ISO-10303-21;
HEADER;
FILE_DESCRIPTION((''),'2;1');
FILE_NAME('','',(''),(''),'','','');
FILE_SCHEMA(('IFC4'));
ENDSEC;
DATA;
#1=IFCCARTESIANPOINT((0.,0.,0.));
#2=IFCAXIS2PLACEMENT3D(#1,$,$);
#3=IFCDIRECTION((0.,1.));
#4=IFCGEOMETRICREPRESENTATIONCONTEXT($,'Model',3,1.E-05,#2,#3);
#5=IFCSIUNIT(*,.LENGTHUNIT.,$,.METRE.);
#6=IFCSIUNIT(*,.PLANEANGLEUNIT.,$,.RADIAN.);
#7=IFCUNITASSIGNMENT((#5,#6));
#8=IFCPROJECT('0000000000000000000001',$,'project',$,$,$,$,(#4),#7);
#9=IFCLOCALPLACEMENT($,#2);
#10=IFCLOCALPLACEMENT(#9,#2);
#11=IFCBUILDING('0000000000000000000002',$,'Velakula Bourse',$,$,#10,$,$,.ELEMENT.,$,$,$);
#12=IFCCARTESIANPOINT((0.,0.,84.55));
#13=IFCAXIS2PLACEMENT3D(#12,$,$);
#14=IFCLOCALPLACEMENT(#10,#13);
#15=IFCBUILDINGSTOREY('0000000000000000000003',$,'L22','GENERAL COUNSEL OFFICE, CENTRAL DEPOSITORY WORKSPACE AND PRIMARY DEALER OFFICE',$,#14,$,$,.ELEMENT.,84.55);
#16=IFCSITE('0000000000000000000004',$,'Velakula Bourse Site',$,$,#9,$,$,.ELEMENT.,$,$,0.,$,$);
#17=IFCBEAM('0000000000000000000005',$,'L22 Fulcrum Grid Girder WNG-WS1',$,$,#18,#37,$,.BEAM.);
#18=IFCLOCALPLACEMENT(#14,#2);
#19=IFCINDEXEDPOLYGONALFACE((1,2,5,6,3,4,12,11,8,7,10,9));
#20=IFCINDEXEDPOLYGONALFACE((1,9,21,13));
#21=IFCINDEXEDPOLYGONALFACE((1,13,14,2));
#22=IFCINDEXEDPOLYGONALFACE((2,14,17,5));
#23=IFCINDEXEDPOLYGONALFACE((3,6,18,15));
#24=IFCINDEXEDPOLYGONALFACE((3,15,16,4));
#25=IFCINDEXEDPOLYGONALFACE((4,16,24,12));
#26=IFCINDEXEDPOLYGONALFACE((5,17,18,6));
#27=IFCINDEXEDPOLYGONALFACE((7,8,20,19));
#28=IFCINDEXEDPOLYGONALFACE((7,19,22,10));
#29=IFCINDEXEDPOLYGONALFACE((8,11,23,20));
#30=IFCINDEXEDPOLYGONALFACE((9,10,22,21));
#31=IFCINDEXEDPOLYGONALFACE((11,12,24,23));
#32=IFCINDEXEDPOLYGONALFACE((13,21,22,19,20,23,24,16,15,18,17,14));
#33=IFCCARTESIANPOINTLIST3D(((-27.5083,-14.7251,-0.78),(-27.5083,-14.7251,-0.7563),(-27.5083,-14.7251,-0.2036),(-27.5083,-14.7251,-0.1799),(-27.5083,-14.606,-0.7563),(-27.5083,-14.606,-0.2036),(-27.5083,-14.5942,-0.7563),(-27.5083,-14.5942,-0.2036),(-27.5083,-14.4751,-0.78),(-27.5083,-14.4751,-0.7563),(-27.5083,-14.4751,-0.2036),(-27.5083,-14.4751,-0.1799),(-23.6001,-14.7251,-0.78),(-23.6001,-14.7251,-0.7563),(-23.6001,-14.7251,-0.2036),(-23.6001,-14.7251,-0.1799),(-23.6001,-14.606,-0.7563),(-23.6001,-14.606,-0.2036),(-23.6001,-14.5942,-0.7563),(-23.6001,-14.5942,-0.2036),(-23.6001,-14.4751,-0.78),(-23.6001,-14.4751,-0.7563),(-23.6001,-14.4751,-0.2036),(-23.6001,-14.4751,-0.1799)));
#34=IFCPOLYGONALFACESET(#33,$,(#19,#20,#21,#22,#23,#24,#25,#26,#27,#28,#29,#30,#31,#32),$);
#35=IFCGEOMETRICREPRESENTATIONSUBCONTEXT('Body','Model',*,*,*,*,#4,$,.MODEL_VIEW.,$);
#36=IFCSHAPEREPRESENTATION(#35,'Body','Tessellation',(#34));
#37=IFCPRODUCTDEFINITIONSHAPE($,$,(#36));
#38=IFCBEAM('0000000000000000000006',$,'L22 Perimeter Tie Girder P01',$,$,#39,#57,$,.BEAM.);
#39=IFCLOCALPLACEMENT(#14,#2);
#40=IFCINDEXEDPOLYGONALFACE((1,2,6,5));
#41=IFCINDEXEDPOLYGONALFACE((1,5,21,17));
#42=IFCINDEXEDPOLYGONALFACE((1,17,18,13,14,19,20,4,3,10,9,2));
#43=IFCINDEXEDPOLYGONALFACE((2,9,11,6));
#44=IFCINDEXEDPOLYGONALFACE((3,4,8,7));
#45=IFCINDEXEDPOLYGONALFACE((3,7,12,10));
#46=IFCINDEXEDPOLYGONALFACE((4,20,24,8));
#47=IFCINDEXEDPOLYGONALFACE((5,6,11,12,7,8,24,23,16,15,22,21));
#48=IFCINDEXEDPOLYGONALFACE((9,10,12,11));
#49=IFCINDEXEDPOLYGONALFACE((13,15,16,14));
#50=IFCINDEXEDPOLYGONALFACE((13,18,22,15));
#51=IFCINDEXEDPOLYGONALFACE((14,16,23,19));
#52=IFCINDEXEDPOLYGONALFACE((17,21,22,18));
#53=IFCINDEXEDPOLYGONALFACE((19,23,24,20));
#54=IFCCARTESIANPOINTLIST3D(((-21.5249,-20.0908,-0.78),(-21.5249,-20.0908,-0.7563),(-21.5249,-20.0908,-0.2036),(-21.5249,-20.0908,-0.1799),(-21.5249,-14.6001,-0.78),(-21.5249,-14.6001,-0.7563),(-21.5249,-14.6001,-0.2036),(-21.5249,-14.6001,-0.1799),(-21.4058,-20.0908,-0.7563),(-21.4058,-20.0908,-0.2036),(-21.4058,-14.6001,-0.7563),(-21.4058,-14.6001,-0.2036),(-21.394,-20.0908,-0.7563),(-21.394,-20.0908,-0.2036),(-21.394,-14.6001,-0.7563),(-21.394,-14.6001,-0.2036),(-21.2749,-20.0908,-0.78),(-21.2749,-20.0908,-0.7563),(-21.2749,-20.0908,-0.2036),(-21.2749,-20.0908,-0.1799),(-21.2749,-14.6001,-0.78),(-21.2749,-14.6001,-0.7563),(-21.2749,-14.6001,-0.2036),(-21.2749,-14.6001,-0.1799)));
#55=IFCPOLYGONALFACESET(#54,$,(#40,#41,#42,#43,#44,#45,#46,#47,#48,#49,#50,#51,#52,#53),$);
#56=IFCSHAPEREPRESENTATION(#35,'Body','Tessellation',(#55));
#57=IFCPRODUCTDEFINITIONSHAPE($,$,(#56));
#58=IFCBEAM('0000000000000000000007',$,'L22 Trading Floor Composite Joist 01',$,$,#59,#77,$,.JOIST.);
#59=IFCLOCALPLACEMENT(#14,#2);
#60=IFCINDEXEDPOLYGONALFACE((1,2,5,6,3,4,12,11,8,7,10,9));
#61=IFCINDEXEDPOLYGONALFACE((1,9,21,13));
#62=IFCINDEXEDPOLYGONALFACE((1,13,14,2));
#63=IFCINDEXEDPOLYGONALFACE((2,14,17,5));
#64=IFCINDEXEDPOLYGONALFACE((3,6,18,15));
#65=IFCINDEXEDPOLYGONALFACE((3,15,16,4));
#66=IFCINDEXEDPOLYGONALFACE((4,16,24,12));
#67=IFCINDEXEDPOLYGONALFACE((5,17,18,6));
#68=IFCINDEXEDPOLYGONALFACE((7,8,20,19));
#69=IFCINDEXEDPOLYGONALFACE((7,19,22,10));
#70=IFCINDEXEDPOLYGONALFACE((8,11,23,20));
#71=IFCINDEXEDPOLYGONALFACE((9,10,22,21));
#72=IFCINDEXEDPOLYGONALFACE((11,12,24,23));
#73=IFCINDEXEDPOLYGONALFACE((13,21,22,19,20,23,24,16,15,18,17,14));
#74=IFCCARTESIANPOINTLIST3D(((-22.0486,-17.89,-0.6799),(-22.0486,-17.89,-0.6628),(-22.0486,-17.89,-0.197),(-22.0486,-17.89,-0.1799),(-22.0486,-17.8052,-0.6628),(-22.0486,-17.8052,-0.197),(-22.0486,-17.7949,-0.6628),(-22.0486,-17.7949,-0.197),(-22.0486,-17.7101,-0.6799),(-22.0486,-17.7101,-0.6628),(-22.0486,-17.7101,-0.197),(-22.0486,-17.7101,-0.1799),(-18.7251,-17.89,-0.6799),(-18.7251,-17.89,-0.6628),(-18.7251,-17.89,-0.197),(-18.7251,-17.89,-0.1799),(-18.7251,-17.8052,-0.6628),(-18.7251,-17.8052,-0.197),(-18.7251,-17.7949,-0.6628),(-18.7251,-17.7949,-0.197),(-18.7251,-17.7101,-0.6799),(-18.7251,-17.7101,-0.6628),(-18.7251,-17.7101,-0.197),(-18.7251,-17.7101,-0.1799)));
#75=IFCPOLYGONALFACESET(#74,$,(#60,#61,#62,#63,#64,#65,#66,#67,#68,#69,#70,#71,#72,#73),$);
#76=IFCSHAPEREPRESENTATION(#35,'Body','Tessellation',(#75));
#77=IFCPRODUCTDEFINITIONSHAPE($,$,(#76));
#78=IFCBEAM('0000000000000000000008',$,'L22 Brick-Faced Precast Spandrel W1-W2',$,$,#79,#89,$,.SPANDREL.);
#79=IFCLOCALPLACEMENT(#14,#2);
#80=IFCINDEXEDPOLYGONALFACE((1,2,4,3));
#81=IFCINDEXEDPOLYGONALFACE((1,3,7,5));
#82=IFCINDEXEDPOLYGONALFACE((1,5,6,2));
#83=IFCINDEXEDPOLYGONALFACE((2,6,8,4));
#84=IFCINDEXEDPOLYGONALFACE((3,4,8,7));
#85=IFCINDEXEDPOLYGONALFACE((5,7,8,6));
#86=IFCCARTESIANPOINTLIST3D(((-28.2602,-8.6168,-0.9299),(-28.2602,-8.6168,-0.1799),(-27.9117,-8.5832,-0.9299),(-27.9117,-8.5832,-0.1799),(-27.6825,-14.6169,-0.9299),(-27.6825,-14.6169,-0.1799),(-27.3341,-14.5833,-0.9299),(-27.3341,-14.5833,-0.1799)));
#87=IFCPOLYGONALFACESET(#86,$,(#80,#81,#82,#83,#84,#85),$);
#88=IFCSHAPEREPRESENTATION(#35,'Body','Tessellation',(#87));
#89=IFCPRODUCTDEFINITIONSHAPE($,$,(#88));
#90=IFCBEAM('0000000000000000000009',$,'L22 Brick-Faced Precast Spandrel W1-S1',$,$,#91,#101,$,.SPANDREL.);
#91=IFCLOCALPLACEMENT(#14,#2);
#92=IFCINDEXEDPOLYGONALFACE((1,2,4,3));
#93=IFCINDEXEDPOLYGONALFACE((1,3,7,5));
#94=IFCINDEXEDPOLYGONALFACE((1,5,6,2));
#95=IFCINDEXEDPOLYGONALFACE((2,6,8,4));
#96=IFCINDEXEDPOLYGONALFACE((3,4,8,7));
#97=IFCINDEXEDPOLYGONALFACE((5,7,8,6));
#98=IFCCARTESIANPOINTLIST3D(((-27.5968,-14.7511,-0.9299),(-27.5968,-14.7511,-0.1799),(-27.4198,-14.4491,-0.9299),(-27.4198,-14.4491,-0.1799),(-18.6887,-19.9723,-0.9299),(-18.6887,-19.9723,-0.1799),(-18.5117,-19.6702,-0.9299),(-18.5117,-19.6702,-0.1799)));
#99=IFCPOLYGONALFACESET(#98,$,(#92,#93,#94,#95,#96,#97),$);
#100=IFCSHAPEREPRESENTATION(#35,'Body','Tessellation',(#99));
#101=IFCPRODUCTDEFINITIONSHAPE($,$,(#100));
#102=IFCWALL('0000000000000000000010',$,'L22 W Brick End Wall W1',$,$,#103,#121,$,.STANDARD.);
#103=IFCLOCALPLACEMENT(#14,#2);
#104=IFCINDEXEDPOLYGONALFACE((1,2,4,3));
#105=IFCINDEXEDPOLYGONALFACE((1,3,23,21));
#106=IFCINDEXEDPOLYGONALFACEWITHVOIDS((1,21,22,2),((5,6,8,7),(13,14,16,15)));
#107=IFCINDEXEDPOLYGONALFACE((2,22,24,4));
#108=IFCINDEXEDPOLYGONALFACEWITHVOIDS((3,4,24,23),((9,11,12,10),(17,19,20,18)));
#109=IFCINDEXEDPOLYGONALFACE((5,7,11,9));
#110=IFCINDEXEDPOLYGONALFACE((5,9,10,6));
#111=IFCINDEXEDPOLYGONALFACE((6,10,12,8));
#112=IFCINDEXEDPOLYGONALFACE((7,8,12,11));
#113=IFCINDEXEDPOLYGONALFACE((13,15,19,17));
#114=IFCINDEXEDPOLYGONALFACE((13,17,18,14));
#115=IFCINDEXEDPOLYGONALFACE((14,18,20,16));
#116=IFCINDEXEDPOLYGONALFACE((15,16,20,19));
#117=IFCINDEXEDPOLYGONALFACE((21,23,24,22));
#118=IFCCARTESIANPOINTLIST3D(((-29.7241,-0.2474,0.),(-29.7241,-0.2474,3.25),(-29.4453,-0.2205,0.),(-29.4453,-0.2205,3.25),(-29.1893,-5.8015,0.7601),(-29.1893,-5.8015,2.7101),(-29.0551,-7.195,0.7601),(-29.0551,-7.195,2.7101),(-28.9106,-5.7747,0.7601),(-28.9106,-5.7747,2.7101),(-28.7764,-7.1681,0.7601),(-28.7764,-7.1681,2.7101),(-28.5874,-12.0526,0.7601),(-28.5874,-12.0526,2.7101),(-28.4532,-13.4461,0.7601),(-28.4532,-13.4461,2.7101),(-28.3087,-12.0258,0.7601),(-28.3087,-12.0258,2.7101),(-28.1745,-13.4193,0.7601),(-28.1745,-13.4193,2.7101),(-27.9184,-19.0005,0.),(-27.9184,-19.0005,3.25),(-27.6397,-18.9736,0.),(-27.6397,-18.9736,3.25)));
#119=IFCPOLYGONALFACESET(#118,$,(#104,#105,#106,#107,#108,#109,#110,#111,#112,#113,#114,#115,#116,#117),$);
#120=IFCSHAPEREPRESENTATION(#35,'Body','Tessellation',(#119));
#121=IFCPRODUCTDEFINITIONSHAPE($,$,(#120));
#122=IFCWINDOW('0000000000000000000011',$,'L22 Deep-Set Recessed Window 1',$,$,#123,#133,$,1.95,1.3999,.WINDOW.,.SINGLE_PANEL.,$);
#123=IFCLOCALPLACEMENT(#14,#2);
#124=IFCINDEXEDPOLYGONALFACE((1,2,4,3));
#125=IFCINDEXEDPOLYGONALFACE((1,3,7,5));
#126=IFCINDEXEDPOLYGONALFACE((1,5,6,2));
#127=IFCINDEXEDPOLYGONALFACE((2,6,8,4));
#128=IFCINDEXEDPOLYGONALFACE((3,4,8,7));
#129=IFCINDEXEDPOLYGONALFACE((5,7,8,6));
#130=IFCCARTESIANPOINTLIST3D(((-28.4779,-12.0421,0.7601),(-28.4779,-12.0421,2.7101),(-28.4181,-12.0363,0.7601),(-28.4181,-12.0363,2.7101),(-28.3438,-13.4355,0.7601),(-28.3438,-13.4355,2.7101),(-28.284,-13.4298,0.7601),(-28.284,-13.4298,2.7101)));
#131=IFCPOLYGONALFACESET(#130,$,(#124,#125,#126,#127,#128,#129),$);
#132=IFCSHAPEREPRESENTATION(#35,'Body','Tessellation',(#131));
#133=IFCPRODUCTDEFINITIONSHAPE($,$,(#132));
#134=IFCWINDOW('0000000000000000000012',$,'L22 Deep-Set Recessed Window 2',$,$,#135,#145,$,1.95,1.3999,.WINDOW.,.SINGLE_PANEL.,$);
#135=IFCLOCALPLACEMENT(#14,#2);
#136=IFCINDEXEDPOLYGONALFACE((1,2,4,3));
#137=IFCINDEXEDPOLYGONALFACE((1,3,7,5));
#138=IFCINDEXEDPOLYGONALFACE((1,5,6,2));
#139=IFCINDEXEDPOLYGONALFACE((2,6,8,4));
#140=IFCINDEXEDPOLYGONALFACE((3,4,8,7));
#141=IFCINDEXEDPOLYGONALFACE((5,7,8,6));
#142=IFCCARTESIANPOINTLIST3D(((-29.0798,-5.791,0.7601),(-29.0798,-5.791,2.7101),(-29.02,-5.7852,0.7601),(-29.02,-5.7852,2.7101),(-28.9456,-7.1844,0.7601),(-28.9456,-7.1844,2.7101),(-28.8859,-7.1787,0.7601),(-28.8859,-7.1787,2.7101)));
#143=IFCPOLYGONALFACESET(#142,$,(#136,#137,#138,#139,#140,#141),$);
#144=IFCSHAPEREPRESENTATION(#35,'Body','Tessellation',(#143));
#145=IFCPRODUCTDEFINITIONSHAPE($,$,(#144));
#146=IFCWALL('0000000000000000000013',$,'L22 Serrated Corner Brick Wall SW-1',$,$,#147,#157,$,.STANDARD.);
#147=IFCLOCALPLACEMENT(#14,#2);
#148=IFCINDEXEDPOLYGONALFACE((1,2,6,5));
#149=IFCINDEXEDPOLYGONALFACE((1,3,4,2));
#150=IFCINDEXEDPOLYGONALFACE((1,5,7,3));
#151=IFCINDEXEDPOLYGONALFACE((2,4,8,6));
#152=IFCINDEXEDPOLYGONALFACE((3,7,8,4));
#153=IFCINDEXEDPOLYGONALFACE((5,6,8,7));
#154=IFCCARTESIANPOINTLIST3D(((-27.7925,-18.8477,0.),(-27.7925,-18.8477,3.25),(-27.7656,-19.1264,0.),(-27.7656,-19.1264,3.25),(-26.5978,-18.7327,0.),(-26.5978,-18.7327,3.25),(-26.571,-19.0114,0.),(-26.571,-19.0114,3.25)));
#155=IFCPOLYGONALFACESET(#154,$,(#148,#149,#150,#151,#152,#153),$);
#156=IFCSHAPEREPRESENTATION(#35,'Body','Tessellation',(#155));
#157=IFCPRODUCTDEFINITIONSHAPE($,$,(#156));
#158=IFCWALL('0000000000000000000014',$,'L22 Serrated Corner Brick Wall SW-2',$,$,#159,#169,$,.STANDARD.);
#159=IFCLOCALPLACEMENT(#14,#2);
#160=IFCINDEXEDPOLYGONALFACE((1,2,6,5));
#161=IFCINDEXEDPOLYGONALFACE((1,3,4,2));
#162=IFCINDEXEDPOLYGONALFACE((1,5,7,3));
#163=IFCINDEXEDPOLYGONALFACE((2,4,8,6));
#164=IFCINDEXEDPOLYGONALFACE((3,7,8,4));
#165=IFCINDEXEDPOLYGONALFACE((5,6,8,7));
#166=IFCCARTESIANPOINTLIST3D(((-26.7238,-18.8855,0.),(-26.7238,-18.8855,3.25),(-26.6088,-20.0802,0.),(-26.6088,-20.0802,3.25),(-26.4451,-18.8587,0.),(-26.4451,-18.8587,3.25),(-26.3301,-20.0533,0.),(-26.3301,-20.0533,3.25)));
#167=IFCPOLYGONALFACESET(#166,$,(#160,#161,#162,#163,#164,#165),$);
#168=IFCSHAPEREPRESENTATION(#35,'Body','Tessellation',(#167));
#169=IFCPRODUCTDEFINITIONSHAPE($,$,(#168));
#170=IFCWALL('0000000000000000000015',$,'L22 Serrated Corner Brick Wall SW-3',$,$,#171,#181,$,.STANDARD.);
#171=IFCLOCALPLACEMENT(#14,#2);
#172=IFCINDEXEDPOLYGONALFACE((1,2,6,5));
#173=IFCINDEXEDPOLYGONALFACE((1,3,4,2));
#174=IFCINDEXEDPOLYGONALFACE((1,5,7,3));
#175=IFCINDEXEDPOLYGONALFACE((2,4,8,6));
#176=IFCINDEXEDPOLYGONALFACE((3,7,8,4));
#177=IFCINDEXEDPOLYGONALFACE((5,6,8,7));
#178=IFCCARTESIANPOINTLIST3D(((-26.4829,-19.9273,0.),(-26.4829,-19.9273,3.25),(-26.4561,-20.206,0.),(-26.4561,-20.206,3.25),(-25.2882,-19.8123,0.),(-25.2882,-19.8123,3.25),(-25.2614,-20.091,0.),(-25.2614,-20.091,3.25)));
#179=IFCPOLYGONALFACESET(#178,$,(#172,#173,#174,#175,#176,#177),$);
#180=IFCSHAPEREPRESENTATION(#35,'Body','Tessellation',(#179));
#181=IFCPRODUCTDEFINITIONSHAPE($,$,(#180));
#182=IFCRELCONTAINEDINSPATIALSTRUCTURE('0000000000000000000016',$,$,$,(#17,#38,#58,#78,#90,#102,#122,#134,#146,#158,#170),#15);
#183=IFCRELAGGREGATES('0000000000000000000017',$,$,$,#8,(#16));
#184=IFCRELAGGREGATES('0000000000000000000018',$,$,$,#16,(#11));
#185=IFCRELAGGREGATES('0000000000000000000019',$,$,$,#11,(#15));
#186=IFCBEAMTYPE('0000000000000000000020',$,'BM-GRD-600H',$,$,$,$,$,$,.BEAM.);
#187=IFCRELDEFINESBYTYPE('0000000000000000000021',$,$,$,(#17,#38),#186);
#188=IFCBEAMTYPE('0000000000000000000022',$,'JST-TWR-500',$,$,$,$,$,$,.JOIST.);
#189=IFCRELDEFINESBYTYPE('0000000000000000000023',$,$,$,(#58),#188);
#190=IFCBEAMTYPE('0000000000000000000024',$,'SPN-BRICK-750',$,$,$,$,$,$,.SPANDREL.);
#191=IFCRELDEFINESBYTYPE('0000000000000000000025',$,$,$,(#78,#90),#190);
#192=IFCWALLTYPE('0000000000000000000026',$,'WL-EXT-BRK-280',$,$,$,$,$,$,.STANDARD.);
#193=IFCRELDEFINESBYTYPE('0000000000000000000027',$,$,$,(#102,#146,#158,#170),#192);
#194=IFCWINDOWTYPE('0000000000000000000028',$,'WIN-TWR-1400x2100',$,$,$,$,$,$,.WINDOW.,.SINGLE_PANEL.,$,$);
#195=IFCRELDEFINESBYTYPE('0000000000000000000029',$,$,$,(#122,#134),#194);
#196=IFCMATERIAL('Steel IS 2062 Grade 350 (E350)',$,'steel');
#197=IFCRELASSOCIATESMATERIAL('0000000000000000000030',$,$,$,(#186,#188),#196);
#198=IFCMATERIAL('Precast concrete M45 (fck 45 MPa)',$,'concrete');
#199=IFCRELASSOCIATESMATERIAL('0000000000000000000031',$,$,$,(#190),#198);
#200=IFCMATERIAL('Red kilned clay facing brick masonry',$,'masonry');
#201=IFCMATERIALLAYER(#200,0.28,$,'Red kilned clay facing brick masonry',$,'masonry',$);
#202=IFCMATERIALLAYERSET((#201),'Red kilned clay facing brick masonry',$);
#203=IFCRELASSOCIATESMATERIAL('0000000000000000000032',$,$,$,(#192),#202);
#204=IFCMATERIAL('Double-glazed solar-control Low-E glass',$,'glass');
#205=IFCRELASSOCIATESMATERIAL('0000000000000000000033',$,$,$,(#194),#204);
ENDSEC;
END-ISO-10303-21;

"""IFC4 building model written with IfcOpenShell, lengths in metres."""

from ifc_helpers import new_model, si_unit, direction, frame, frame_2d, origin, origin_2d, place, context, subcontext, project, spatial, rectangle, i_section, extrude, material, layer, layer_set, material_profile, profile_set, type_object, element, fill, save


model = new_model("IFC4")

# Units and contexts
model_context = context("Model", 3, precision=1e-05, world=origin(), true_north=direction((0.0, 1.0)))
body_context = subcontext(model_context, "Body", "Model", "MODEL_VIEW")
ifc_project = project(units=[si_unit("LENGTHUNIT", "METRE"), si_unit("PLANEANGLEUNIT", "RADIAN")], contexts=[model_context])

# Site, building, storey
site_placement = place(None, origin())
site = spatial("IfcSite", under=ifc_project, at=site_placement, Name="Velakula Bourse Site", CompositionType="ELEMENT", RefElevation=0.0)
building_placement = place(site_placement, origin())
building = spatial("IfcBuilding", under=site, at=building_placement, Name="Velakula Bourse", CompositionType="ELEMENT")
storey_placement = place(building_placement, frame((0.0, 0.0, 84.55)))
storey = spatial("IfcBuildingStorey", under=building, at=storey_placement, Name="L22", Description="GENERAL COUNSEL OFFICE, CENTRAL DEPOSITORY WORKSPACE AND PRIMARY DEALER OFFICE", CompositionType="ELEMENT", Elevation=84.55)

# Shared definitions
ifc_material_1 = material(Name="Precast concrete M45 (fck 45 MPa)", Category="concrete")

# Beams
ifc_material_2 = material(Name="Steel IS 2062 Grade 350 (E350)", Category="steel")
ifc_material_profile_1 = material_profile(ifc_material_2, i_section(OverallWidth=0.25, OverallDepth=0.6001, WebThickness=0.0117, FlangeThickness=0.0237, at=origin_2d()), Name="Steel IS 2062 Grade 350 (E350)")
ifc_profile_set_1 = profile_set([ifc_material_profile_1], Name="Steel IS 2062 Grade 350 (E350)")
beam_type_1 = type_object("IfcBeamType", Name="BM-GRD-600H", PredefinedType="BEAM", material=ifc_profile_set_1)
beam_1_placement = place(storey_placement, frame((-27.5083, -14.6001, -0.48), z_axis=(1.0, 0.0, 0.0), x_axis=(0.0, 1.0, 0.0)))
element("IfcBeam", 1, at=beam_1_placement, inside=storey, type_object=beam_type_1, Name="L22 Fulcrum Grid Girder WNG-WS1", PredefinedType="BEAM", context=body_context, shape_type="SweptSolid", body=[
    extrude(i_section(OverallWidth=0.25, OverallDepth=0.6001, WebThickness=0.0117, FlangeThickness=0.0237, at=origin_2d()), origin(), (0.0, 0.0, 1.0), 3.9082),
])
beam_2_placement = place(storey_placement, frame((-21.3999, -14.6001, -0.48), z_axis=(0.0, -1.0, 0.0), x_axis=(1.0, 0.0, 0.0)))
element("IfcBeam", 2, at=beam_2_placement, inside=storey, type_object=beam_type_1, Name="L22 Perimeter Tie Girder P01", PredefinedType="BEAM", context=body_context, shape_type="SweptSolid", body=[
    extrude(i_section(OverallWidth=0.25, OverallDepth=0.6001, WebThickness=0.0117, FlangeThickness=0.0237, at=origin_2d()), origin(), (0.0, 0.0, 1.0), 5.4907),
])
ifc_material_profile_2 = material_profile(ifc_material_2, i_section(OverallWidth=0.1799, OverallDepth=0.5, WebThickness=0.0103, FlangeThickness=0.0171, at=origin_2d()), Name="Steel IS 2062 Grade 350 (E350)")
ifc_profile_set_2 = profile_set([ifc_material_profile_2], Name="Steel IS 2062 Grade 350 (E350)")
beam_type_2 = type_object("IfcBeamType", Name="JST-TWR-500", PredefinedType="JOIST", material=ifc_profile_set_2)
beam_3_placement = place(storey_placement, frame((-22.0486, -17.8, -0.4299), z_axis=(1.0, 0.0, 0.0), x_axis=(0.0, 1.0, 0.0)))
element("IfcBeam", 3, at=beam_3_placement, inside=storey, type_object=beam_type_2, Name="L22 Trading Floor Composite Joist 01", PredefinedType="JOIST", context=body_context, shape_type="SweptSolid", body=[
    extrude(i_section(OverallWidth=0.1799, OverallDepth=0.5, WebThickness=0.0103, FlangeThickness=0.0171, at=origin_2d()), origin(), (0.0, 0.0, 1.0), 3.3235),
])
ifc_material_profile_3 = material_profile(ifc_material_1, rectangle(XDim=0.3501, YDim=0.75, at=origin_2d()), Name="Precast concrete M45 (fck 45 MPa)")
ifc_profile_set_3 = profile_set([ifc_material_profile_3], Name="Precast concrete M45 (fck 45 MPa)")
beam_type_3 = type_object("IfcBeamType", Name="SPN-BRICK-750", PredefinedType="SPANDREL", material=ifc_profile_set_3)
beam_4_placement = place(storey_placement, frame((-27.5083, -14.6001, -0.5549), z_axis=(-0.09583, 0.995398, 0.0), x_axis=(-0.995398, -0.09583, 0.0)))
element("IfcBeam", 4, at=beam_4_placement, inside=storey, type_object=beam_type_3, Name="L22 Brick-Faced Precast Spandrel W1-W2", PredefinedType="SPANDREL", context=body_context, shape_type="SweptSolid", body=[
    extrude(rectangle(XDim=0.3501, YDim=0.75, at=origin_2d()), origin(), (0.0, 0.0, 1.0), 6.0278),
])
beam_5_placement = place(storey_placement, frame((-27.5083, -14.6001, -0.5549), z_axis=(0.862734, -0.505658, 0.0), x_axis=(0.505658, 0.862734, 0.0)))
element("IfcBeam", 5, at=beam_5_placement, inside=storey, type_object=beam_type_3, Name="L22 Brick-Faced Precast Spandrel W1-S1", PredefinedType="SPANDREL", context=body_context, shape_type="SweptSolid", body=[
    extrude(rectangle(XDim=0.3501, YDim=0.75, at=origin_2d()), origin(), (0.0, 0.0, 1.0), 10.3254),
])

# Wall, openings, windows
ifc_material_3 = material(Name="Red kilned clay facing brick masonry", Category="masonry")
ifc_layer_1 = layer(ifc_material_3, 0.28, Name="Red kilned clay facing brick masonry", Category="masonry")
ifc_layer_set_1 = layer_set([ifc_layer_1], Name="Red kilned clay facing brick masonry")
wall_type_1 = type_object("IfcWallType", Name="WL-EXT-BRK-280", PredefinedType="STANDARD", material=ifc_layer_set_1)
wall_1_placement = place(storey_placement, frame((-27.7791, -18.9871, 0.0), z_axis=(0.0, 0.0, 1.0), x_axis=(-0.095843, 0.995397, 0.0)))
wall_1 = element("IfcWall", 6, at=wall_1_placement, inside=storey, type_object=wall_type_1, Name="L22 W Brick End Wall W1", PredefinedType="STANDARD", context=body_context, shape_type="SweptSolid", body=[
    extrude(rectangle(XDim=18.8398, YDim=0.28, at=frame_2d((9.4199, 0.0))), origin(), (0.0, 0.0, 1.0), 3.25),
])
opening_1_placement = place(wall_1_placement, frame((5.5801, 0.0, 0.76)))
opening_1 = element("IfcOpeningElement", 7, at=opening_1_placement, cuts=wall_1, PredefinedType="OPENING", context=body_context, shape_type="SweptSolid", body=[
    extrude(rectangle(XDim=1.3999, YDim=1.95, at=frame_2d((0.7, 0.9751))), frame((0.0, 0.1499, 0.0), z_axis=(0.0, -1.0, 0.0), x_axis=(1.0, 0.0, 0.0)), (0.0, 0.0, 1.0), 0.3),
])
opening_2_placement = place(wall_1_placement, frame((11.8601, 0.0, 0.76)))
opening_2 = element("IfcOpeningElement", 8, at=opening_2_placement, cuts=wall_1, PredefinedType="OPENING", context=body_context, shape_type="SweptSolid", body=[
    extrude(rectangle(XDim=1.3999, YDim=1.95, at=frame_2d((0.7, 0.9751))), frame((0.0, 0.1499, 0.0), z_axis=(0.0, -1.0, 0.0), x_axis=(1.0, 0.0, 0.0)), (0.0, 0.0, 1.0), 0.3),
])
ifc_material_4 = material(Name="Double-glazed solar-control Low-E glass", Category="glass")
window_type = type_object("IfcWindowType", Name="WIN-TWR-1400x2100", PartitioningType="SINGLE_PANEL", PredefinedType="WINDOW", material=ifc_material_4)
window_1_placement = place(opening_1_placement, origin())
window_1 = element("IfcWindow", 9, at=window_1_placement, inside=storey, type_object=window_type, Name="L22 Deep-Set Recessed Window 1", OverallHeight=1.95, OverallWidth=1.3999, PartitioningType="SINGLE_PANEL", PredefinedType="WINDOW", context=body_context, shape_type="SweptSolid", body=[
    extrude(rectangle(XDim=1.3999, YDim=1.95, at=frame_2d((0.7, 0.9751))), frame((0.0, 0.03, 0.0), z_axis=(0.0, -1.0, 0.0), x_axis=(1.0, 0.0, 0.0)), (0.0, 0.0, 1.0), 0.0601),
])
fill(opening_1, window_1)
window_2_placement = place(opening_2_placement, origin())
window_2 = element("IfcWindow", 10, at=window_2_placement, inside=storey, type_object=window_type, Name="L22 Deep-Set Recessed Window 2", OverallHeight=1.95, OverallWidth=1.3999, PartitioningType="SINGLE_PANEL", PredefinedType="WINDOW", context=body_context, shape_type="SweptSolid", body=[
    extrude(rectangle(XDim=1.3999, YDim=1.95, at=frame_2d((0.7, 0.9751))), frame((0.0, 0.03, 0.0), z_axis=(0.0, -1.0, 0.0), x_axis=(1.0, 0.0, 0.0)), (0.0, 0.0, 1.0), 0.0601),
])
fill(opening_2, window_2)

# Walls
for number, where, z_axis, x_axis, name in (
    (11, (-27.7791, -18.9871, 0.0), (0.0, 0.0, 1.0), (0.995399, 0.095817, 0.0), "L22 Serrated Corner Brick Wall SW-1"),
    (12, (-26.5845, -18.8721, 0.0), (0.0, 0.0, 1.0), (0.095817, -0.995399, 0.0), "L22 Serrated Corner Brick Wall SW-2"),
    (13, (-26.4695, -20.0667, 0.0), (0.0, 0.0, 1.0), (0.995399, 0.095817, 0.0), "L22 Serrated Corner Brick Wall SW-3"),
):
    element("IfcWall", number, at=place(storey_placement, frame(where, z_axis=z_axis, x_axis=x_axis)), inside=storey, type_object=wall_type_1, Name=name, PredefinedType="STANDARD", context=body_context, shape_type="SweptSolid", body=[
        extrude(rectangle(XDim=1.2002, YDim=0.28, at=frame_2d((0.6001, 0.0))), origin(), (0.0, 0.0, 1.0), 3.25),
    ])

save(model, "model.ifc")
